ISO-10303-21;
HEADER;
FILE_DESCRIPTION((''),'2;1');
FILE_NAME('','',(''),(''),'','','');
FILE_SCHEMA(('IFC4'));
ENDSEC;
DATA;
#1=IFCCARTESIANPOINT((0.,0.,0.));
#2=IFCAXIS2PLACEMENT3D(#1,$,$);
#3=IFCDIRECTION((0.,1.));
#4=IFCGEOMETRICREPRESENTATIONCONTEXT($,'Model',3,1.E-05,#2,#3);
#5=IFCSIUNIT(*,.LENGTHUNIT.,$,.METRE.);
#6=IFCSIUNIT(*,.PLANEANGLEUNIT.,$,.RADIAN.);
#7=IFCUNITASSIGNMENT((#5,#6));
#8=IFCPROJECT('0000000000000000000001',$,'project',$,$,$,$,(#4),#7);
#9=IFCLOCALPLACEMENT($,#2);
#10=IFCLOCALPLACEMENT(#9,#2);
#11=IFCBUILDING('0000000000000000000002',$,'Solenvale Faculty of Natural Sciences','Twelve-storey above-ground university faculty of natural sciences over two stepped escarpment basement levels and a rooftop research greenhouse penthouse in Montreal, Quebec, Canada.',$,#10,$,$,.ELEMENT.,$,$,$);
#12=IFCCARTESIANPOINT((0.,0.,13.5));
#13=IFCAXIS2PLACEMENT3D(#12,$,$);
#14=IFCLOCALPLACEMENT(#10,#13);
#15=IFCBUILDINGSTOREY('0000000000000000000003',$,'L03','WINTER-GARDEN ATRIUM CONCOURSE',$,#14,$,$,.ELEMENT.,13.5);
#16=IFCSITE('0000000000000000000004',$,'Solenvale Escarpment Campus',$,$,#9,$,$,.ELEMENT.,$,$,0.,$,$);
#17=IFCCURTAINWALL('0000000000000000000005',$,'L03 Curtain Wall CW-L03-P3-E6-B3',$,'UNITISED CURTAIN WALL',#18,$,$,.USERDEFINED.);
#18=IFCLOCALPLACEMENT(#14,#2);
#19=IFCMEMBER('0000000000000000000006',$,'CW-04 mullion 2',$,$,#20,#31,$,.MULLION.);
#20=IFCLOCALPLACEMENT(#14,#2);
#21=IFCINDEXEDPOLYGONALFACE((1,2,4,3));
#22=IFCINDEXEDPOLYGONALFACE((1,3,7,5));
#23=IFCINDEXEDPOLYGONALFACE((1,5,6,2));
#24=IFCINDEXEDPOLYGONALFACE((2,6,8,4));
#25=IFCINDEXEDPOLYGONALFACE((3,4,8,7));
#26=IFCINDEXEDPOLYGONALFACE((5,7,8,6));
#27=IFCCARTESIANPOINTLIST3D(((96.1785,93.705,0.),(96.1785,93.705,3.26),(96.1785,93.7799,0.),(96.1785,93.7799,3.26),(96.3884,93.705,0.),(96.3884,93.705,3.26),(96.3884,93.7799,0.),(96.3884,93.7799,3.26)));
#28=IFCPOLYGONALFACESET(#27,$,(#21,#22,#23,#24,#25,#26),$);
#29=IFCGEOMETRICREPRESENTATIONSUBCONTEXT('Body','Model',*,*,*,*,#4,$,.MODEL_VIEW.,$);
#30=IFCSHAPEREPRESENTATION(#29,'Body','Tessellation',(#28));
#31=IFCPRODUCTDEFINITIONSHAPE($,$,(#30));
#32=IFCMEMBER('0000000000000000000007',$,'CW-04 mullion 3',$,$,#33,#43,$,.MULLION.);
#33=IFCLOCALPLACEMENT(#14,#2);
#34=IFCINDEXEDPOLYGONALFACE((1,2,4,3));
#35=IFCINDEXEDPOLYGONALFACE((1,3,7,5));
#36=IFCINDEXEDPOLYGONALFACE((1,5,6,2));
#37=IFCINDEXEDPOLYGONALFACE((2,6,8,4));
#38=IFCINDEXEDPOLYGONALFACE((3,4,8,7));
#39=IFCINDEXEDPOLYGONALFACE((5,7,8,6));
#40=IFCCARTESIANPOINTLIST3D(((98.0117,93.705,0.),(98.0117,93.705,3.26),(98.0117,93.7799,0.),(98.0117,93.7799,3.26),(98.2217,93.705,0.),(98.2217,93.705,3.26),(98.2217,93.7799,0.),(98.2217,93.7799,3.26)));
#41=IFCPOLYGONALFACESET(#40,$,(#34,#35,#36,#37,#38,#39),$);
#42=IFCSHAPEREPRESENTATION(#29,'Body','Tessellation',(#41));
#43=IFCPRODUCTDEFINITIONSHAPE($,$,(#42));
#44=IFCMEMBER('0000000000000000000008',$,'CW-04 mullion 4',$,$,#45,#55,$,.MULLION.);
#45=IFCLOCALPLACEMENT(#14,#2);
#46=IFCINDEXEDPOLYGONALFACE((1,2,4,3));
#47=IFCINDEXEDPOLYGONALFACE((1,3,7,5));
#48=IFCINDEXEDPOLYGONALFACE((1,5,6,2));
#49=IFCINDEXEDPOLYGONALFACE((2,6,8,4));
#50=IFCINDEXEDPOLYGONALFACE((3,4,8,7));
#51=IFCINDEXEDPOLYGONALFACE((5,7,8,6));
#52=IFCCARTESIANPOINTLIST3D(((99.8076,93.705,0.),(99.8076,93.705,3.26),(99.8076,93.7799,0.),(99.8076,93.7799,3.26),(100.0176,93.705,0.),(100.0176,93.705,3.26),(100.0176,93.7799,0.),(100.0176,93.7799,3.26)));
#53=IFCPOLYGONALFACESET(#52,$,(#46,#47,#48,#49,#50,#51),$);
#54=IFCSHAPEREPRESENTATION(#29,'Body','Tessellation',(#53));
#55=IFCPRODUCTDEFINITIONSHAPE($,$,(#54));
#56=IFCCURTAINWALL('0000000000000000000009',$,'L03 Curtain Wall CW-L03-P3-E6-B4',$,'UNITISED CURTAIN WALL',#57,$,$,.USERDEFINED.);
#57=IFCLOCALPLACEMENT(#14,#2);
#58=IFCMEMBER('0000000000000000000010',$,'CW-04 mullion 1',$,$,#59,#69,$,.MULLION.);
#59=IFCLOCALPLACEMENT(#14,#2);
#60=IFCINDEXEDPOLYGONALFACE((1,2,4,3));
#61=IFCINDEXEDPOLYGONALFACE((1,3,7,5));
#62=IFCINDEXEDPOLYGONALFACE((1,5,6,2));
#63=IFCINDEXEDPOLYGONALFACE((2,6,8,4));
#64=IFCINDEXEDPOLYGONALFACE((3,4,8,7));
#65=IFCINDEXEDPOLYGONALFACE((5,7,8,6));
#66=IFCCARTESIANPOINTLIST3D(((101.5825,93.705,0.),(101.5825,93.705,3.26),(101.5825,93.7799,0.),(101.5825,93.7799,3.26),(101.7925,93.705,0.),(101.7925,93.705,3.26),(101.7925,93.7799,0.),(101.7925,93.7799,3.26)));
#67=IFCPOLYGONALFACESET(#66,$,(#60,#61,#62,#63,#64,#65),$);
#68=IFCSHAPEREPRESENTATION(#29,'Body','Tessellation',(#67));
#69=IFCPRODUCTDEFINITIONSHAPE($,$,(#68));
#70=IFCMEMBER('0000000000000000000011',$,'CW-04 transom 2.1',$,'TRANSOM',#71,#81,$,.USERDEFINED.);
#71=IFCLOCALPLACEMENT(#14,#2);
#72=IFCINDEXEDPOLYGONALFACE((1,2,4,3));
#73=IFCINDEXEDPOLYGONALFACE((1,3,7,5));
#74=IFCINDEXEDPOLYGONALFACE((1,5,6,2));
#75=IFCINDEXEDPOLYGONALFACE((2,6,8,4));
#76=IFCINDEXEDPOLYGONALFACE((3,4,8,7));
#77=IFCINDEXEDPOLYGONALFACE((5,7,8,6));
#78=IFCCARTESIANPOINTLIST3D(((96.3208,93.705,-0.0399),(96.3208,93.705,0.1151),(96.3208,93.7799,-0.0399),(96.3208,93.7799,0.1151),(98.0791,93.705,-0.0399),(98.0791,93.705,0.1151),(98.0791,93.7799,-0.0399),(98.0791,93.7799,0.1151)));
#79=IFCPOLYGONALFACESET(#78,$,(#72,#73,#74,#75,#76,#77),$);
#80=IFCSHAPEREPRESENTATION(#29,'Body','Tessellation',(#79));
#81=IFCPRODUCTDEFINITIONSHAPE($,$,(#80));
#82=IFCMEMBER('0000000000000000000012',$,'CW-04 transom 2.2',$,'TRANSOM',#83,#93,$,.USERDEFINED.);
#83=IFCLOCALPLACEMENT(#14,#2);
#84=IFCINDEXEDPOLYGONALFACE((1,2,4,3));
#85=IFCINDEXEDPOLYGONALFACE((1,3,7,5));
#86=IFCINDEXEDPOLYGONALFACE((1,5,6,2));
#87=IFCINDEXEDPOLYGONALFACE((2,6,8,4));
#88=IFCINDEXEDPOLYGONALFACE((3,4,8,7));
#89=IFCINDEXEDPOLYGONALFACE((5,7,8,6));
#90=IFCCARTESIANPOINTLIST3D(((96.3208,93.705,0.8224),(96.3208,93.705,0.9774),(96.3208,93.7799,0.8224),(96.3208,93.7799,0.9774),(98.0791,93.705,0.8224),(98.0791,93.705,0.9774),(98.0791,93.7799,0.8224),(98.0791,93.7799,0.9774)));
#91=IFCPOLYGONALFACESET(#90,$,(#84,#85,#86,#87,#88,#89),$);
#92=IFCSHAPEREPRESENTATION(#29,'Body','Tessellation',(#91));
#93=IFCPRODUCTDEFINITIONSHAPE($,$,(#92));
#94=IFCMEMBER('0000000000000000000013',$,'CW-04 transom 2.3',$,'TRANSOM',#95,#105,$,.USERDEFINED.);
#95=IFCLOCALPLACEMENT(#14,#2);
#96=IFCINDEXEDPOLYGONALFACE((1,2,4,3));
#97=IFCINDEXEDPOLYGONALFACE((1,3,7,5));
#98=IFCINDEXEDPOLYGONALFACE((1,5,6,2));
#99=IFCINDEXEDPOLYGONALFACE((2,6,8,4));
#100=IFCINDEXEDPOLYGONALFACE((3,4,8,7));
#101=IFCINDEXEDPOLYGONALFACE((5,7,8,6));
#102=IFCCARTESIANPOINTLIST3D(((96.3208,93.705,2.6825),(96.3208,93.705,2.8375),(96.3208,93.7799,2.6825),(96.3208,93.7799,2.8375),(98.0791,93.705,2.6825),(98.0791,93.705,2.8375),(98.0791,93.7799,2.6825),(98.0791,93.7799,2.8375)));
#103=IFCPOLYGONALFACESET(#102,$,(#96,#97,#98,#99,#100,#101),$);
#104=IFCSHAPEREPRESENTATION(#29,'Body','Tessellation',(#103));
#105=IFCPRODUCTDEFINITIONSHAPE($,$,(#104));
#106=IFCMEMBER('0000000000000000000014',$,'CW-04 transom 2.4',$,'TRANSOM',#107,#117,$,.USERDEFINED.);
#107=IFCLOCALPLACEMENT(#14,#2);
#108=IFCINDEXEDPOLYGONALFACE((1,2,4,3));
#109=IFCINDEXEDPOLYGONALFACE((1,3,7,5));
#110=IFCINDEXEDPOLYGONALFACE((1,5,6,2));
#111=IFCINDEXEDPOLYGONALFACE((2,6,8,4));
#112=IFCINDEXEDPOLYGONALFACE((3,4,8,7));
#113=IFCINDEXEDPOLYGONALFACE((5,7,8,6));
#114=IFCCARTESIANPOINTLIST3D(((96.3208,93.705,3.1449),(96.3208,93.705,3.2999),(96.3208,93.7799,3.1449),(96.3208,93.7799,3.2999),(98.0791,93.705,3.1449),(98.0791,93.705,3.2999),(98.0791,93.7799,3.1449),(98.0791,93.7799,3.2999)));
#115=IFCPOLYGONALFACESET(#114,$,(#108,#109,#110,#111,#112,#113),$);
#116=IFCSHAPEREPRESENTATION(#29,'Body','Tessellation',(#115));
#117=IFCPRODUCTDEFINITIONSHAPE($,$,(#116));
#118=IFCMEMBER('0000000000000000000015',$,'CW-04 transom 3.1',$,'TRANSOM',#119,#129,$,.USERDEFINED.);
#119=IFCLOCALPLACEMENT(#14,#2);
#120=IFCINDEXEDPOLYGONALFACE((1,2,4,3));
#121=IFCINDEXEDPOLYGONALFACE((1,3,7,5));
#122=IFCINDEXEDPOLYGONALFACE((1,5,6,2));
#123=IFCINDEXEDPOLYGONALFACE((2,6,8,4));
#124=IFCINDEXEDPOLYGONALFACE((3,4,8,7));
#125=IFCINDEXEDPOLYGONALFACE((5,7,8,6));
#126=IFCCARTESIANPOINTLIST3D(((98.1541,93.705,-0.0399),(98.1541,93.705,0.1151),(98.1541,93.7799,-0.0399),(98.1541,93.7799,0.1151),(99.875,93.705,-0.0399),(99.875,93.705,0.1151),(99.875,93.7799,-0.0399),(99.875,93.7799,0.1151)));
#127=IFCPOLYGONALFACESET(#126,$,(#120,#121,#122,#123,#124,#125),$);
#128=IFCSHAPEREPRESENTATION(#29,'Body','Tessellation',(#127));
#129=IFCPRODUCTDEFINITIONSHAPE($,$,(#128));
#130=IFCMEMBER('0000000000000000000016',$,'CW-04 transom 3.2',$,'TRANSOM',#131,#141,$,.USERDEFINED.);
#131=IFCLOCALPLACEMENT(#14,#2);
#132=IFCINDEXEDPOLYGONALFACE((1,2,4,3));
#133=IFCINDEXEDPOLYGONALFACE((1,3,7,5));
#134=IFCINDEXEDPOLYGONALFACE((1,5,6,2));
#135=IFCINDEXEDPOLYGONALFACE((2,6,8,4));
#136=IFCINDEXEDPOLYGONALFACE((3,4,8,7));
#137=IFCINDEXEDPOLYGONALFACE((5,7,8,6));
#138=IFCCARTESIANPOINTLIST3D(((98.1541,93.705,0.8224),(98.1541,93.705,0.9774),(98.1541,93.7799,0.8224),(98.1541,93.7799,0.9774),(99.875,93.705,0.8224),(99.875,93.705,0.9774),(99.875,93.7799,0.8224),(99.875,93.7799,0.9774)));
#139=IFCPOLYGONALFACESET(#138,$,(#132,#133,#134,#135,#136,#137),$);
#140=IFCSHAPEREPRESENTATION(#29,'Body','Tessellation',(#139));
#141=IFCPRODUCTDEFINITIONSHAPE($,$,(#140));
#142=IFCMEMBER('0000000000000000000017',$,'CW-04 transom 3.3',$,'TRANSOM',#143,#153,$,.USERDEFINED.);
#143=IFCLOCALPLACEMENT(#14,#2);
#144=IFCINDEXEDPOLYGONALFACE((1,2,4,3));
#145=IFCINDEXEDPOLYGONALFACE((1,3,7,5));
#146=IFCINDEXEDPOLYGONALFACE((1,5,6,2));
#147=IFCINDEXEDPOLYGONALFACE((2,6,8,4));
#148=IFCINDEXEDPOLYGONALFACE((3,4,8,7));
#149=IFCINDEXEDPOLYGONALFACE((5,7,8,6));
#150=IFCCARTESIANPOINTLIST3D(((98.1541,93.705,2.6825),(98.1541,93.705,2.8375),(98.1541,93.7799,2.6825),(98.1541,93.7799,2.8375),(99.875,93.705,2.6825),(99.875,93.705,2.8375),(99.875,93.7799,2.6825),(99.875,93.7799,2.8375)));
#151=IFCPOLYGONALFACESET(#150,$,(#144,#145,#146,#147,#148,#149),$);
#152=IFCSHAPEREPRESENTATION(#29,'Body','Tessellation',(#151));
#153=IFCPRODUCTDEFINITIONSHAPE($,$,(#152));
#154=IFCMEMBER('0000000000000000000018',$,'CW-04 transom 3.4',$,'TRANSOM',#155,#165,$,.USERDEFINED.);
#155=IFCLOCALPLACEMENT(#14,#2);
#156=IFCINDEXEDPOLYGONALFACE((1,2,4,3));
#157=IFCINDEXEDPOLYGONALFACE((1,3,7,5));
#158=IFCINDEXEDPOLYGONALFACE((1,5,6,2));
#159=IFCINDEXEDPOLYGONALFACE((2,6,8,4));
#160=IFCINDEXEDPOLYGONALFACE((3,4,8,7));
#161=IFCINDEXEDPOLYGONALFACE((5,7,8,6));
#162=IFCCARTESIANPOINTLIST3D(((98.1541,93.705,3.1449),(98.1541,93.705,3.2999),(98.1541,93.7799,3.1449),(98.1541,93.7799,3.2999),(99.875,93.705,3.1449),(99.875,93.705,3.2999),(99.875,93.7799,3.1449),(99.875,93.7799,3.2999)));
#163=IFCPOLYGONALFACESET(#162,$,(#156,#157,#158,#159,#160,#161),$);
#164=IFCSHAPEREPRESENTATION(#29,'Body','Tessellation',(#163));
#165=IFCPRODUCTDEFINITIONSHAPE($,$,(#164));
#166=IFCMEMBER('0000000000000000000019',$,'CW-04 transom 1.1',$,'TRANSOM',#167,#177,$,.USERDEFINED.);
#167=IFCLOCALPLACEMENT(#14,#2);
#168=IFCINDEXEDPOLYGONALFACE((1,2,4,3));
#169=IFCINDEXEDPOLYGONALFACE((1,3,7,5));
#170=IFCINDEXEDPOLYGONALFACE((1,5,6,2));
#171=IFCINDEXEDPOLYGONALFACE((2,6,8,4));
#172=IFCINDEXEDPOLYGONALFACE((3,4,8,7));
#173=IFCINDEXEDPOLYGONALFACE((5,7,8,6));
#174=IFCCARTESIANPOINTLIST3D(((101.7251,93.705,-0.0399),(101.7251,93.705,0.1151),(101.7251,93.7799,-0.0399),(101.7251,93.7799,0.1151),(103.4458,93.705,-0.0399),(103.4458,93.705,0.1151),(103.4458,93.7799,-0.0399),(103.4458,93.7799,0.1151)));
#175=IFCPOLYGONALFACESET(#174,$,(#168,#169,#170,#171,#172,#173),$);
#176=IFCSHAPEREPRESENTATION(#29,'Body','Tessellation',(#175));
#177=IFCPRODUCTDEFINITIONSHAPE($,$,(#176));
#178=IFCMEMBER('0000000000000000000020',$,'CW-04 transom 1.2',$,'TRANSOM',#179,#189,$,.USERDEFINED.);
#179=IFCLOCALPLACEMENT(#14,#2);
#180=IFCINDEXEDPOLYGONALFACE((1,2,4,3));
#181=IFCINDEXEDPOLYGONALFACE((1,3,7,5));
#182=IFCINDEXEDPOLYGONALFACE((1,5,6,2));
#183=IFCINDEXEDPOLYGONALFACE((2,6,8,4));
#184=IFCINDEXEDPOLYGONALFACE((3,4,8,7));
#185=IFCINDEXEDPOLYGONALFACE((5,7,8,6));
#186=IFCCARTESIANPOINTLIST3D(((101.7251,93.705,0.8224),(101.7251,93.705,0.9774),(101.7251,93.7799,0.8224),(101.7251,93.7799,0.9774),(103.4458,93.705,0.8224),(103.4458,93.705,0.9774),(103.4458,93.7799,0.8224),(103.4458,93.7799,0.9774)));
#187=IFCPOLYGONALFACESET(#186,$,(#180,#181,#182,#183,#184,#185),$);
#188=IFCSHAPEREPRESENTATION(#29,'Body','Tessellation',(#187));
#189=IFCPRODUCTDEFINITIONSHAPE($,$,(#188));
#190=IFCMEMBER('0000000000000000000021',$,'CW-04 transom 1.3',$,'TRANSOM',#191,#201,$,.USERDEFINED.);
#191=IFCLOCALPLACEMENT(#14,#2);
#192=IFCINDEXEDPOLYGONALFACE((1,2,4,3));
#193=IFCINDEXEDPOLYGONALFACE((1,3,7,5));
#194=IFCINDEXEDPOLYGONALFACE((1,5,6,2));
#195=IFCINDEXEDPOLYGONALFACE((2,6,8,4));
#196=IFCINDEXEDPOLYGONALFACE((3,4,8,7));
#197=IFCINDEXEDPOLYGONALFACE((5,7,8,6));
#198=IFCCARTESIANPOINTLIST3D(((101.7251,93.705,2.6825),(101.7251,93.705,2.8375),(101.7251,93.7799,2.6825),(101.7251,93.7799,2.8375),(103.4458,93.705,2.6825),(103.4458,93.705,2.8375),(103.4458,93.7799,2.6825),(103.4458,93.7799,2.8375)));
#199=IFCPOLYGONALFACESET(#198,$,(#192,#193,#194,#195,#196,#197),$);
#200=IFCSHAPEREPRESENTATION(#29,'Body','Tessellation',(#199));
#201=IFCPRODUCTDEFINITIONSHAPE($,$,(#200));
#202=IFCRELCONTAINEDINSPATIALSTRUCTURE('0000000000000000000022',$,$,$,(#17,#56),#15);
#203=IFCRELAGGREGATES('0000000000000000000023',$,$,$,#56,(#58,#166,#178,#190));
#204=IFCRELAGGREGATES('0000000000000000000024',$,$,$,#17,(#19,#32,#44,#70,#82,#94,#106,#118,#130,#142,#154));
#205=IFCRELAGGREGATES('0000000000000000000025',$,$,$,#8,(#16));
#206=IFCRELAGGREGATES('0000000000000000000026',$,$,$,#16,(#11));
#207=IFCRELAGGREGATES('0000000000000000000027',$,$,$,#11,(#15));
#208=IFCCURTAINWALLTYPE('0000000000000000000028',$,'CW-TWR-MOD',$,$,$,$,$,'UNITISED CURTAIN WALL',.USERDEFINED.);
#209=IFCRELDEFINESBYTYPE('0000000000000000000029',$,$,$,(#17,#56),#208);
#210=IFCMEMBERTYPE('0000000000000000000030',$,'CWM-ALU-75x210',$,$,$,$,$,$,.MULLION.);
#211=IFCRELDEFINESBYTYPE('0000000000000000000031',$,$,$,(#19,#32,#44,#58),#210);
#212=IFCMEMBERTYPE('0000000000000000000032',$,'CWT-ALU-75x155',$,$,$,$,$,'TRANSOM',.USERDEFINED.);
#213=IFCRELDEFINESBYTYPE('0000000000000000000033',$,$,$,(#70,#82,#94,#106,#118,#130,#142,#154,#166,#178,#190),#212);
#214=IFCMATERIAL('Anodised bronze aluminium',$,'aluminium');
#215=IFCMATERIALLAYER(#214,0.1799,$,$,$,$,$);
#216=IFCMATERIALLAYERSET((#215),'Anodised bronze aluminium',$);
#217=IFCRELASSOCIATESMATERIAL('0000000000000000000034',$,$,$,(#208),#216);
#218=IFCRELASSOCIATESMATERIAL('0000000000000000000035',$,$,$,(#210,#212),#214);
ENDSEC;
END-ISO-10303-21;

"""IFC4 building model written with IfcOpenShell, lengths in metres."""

from ifc_helpers import new_model, si_unit, direction, frame, origin, origin_2d, place, context, subcontext, project, spatial, rectangle, extrude, material, layer, layer_set, material_profile, profile_set, type_object, element, aggregate, save


model = new_model("IFC4")

# Units and contexts
model_context = context("Model", 3, precision=1e-05, world=origin(), true_north=direction((0.0, 1.0)))
body_context = subcontext(model_context, "Body", "Model", "MODEL_VIEW")
ifc_project = project(units=[si_unit("LENGTHUNIT", "METRE"), si_unit("PLANEANGLEUNIT", "RADIAN")], contexts=[model_context])

# Site, building, storey
site_placement = place(None, origin())
site = spatial("IfcSite", under=ifc_project, at=site_placement, Name="Solenvale Escarpment Campus", CompositionType="ELEMENT", RefElevation=0.0)
building_placement = place(site_placement, origin())
building = spatial("IfcBuilding", under=site, at=building_placement, Name="Solenvale Faculty of Natural Sciences", Description="Twelve-storey above-ground university faculty of natural sciences over two stepped escarpment basement levels and a rooftop research greenhouse penthouse in Montreal, Quebec, Canada.", CompositionType="ELEMENT")
storey_placement = place(building_placement, frame((0.0, 0.0, 13.5)))
storey = spatial("IfcBuildingStorey", under=building, at=storey_placement, Name="L03", Description="WINTER-GARDEN ATRIUM CONCOURSE", CompositionType="ELEMENT", Elevation=13.5)

# Curtain wall, members
ifc_material_1 = material(Name="Anodised bronze aluminium", Category="aluminium")
ifc_layer_1 = layer(ifc_material_1, 0.1799)
ifc_layer_set_1 = layer_set([ifc_layer_1], Name="Anodised bronze aluminium")
curtain_wall_type = type_object("IfcCurtainWallType", Name="CW-TWR-MOD", ElementType="UNITISED CURTAIN WALL", PredefinedType="USERDEFINED", material=ifc_layer_set_1)
curtain_wall_1_placement = place(storey_placement, origin())
curtain_wall_1 = element("IfcCurtainWall", 1, at=curtain_wall_1_placement, inside=storey, type_object=curtain_wall_type, Name="L03 Curtain Wall CW-L03-P3-E6-B3", ObjectType="UNITISED CURTAIN WALL", PredefinedType="USERDEFINED")
ifc_material_profile_1 = material_profile(ifc_material_1, rectangle(XDim=0.075, YDim=0.21, at=origin_2d()), Name="ALU-MUL-75x210")
ifc_profile_set_1 = profile_set([ifc_material_profile_1], Name="Anodised bronze aluminium")
member_type_1 = type_object("IfcMemberType", Name="CWM-ALU-75x210", PredefinedType="MULLION", material=ifc_profile_set_1)
member_1_placement = place(storey_placement, frame((96.2834, 93.7424, 0.0), z_axis=(0.0, 0.0, 1.0), x_axis=(0.0, 1.0, 0.0)))
member_1 = element("IfcMember", 2, at=member_1_placement, type_object=member_type_1, Name="CW-04 mullion 2", PredefinedType="MULLION", context=body_context, shape_type="SweptSolid", body=[
    extrude(rectangle(XDim=0.075, YDim=0.21, at=origin_2d()), origin(), (0.0, 0.0, 1.0), 3.26),
])
member_2_placement = place(storey_placement, frame((98.1167, 93.7424, 0.0), z_axis=(0.0, 0.0, 1.0), x_axis=(0.0, 1.0, 0.0)))
member_2 = element("IfcMember", 3, at=member_2_placement, type_object=member_type_1, Name="CW-04 mullion 3", PredefinedType="MULLION", context=body_context, shape_type="SweptSolid", body=[
    extrude(rectangle(XDim=0.075, YDim=0.21, at=origin_2d()), origin(), (0.0, 0.0, 1.0), 3.26),
])
member_3_placement = place(storey_placement, frame((99.9126, 93.7424, 0.0), z_axis=(0.0, 0.0, 1.0), x_axis=(0.0, 1.0, 0.0)))
member_3 = element("IfcMember", 4, at=member_3_placement, type_object=member_type_1, Name="CW-04 mullion 4", PredefinedType="MULLION", context=body_context, shape_type="SweptSolid", body=[
    extrude(rectangle(XDim=0.075, YDim=0.21, at=origin_2d()), origin(), (0.0, 0.0, 1.0), 3.26),
])

# Curtain wall, member
curtain_wall_2_placement = place(storey_placement, origin())
curtain_wall_2 = element("IfcCurtainWall", 5, at=curtain_wall_2_placement, inside=storey, type_object=curtain_wall_type, Name="L03 Curtain Wall CW-L03-P3-E6-B4", ObjectType="UNITISED CURTAIN WALL", PredefinedType="USERDEFINED")
member_4_placement = place(storey_placement, frame((101.6875, 93.7424, 0.0), z_axis=(0.0, 0.0, 1.0), x_axis=(0.0, 1.0, 0.0)))
member_4 = element("IfcMember", 6, at=member_4_placement, type_object=member_type_1, Name="CW-04 mullion 1", PredefinedType="MULLION", context=body_context, shape_type="SweptSolid", body=[
    extrude(rectangle(XDim=0.075, YDim=0.21, at=origin_2d()), origin(), (0.0, 0.0, 1.0), 3.26),
])

# Members
ifc_material_profile_2 = material_profile(ifc_material_1, rectangle(XDim=0.075, YDim=0.155, at=origin_2d()), Name="ALU-TRN-75x155")
ifc_profile_set_2 = profile_set([ifc_material_profile_2], Name="Anodised bronze aluminium")
member_type_2 = type_object("IfcMemberType", Name="CWT-ALU-75x155", ElementType="TRANSOM", PredefinedType="USERDEFINED", material=ifc_profile_set_2)
member_5_placement = place(storey_placement, frame((96.3208, 93.7424, 0.0376), z_axis=(1.0, 0.0, 0.0), x_axis=(0.0, 1.0, 0.0)))
member_5 = element("IfcMember", 7, at=member_5_placement, type_object=member_type_2, Name="CW-04 transom 2.1", ObjectType="TRANSOM", PredefinedType="USERDEFINED", context=body_context, shape_type="SweptSolid", body=[
    extrude(rectangle(XDim=0.075, YDim=0.155, at=origin_2d()), origin(), (0.0, 0.0, 1.0), 1.7583),
])
member_6_placement = place(storey_placement, frame((96.3208, 93.7424, 0.8999), z_axis=(1.0, 0.0, 0.0), x_axis=(0.0, 1.0, 0.0)))
member_6 = element("IfcMember", 8, at=member_6_placement, type_object=member_type_2, Name="CW-04 transom 2.2", ObjectType="TRANSOM", PredefinedType="USERDEFINED", context=body_context, shape_type="SweptSolid", body=[
    extrude(rectangle(XDim=0.075, YDim=0.155, at=origin_2d()), origin(), (0.0, 0.0, 1.0), 1.7583),
])
member_7_placement = place(storey_placement, frame((96.3208, 93.7424, 2.76), z_axis=(1.0, 0.0, 0.0), x_axis=(0.0, 1.0, 0.0)))
member_7 = element("IfcMember", 9, at=member_7_placement, type_object=member_type_2, Name="CW-04 transom 2.3", ObjectType="TRANSOM", PredefinedType="USERDEFINED", context=body_context, shape_type="SweptSolid", body=[
    extrude(rectangle(XDim=0.075, YDim=0.155, at=origin_2d()), origin(), (0.0, 0.0, 1.0), 1.7583),
])
member_8_placement = place(storey_placement, frame((96.3208, 93.7424, 3.2224), z_axis=(1.0, 0.0, 0.0), x_axis=(0.0, 1.0, 0.0)))
member_8 = element("IfcMember", 10, at=member_8_placement, type_object=member_type_2, Name="CW-04 transom 2.4", ObjectType="TRANSOM", PredefinedType="USERDEFINED", context=body_context, shape_type="SweptSolid", body=[
    extrude(rectangle(XDim=0.075, YDim=0.155, at=origin_2d()), origin(), (0.0, 0.0, 1.0), 1.7583),
])
member_9_placement = place(storey_placement, frame((98.1541, 93.7424, 0.0376), z_axis=(1.0, 0.0, 0.0), x_axis=(0.0, 1.0, 0.0)))
member_9 = element("IfcMember", 11, at=member_9_placement, type_object=member_type_2, Name="CW-04 transom 3.1", ObjectType="TRANSOM", PredefinedType="USERDEFINED", context=body_context, shape_type="SweptSolid", body=[
    extrude(rectangle(XDim=0.075, YDim=0.155, at=origin_2d()), origin(), (0.0, 0.0, 1.0), 1.7209),
])
member_10_placement = place(storey_placement, frame((98.1541, 93.7424, 0.8999), z_axis=(1.0, 0.0, 0.0), x_axis=(0.0, 1.0, 0.0)))
member_10 = element("IfcMember", 12, at=member_10_placement, type_object=member_type_2, Name="CW-04 transom 3.2", ObjectType="TRANSOM", PredefinedType="USERDEFINED", context=body_context, shape_type="SweptSolid", body=[
    extrude(rectangle(XDim=0.075, YDim=0.155, at=origin_2d()), origin(), (0.0, 0.0, 1.0), 1.7209),
])
member_11_placement = place(storey_placement, frame((98.1541, 93.7424, 2.76), z_axis=(1.0, 0.0, 0.0), x_axis=(0.0, 1.0, 0.0)))
member_11 = element("IfcMember", 13, at=member_11_placement, type_object=member_type_2, Name="CW-04 transom 3.3", ObjectType="TRANSOM", PredefinedType="USERDEFINED", context=body_context, shape_type="SweptSolid", body=[
    extrude(rectangle(XDim=0.075, YDim=0.155, at=origin_2d()), origin(), (0.0, 0.0, 1.0), 1.7209),
])
member_12_placement = place(storey_placement, frame((98.1541, 93.7424, 3.2224), z_axis=(1.0, 0.0, 0.0), x_axis=(0.0, 1.0, 0.0)))
member_12 = element("IfcMember", 14, at=member_12_placement, type_object=member_type_2, Name="CW-04 transom 3.4", ObjectType="TRANSOM", PredefinedType="USERDEFINED", context=body_context, shape_type="SweptSolid", body=[
    extrude(rectangle(XDim=0.075, YDim=0.155, at=origin_2d()), origin(), (0.0, 0.0, 1.0), 1.7209),
])
member_13_placement = place(storey_placement, frame((101.7251, 93.7424, 0.0376), z_axis=(1.0, 0.0, 0.0), x_axis=(0.0, 1.0, 0.0)))
member_13 = element("IfcMember", 15, at=member_13_placement, type_object=member_type_2, Name="CW-04 transom 1.1", ObjectType="TRANSOM", PredefinedType="USERDEFINED", context=body_context, shape_type="SweptSolid", body=[
    extrude(rectangle(XDim=0.075, YDim=0.155, at=origin_2d()), origin(), (0.0, 0.0, 1.0), 1.7207),
])
member_14_placement = place(storey_placement, frame((101.7251, 93.7424, 0.8999), z_axis=(1.0, 0.0, 0.0), x_axis=(0.0, 1.0, 0.0)))
member_14 = element("IfcMember", 16, at=member_14_placement, type_object=member_type_2, Name="CW-04 transom 1.2", ObjectType="TRANSOM", PredefinedType="USERDEFINED", context=body_context, shape_type="SweptSolid", body=[
    extrude(rectangle(XDim=0.075, YDim=0.155, at=origin_2d()), origin(), (0.0, 0.0, 1.0), 1.7207),
])
member_15_placement = place(storey_placement, frame((101.7251, 93.7424, 2.76), z_axis=(1.0, 0.0, 0.0), x_axis=(0.0, 1.0, 0.0)))
member_15 = element("IfcMember", 17, at=member_15_placement, type_object=member_type_2, Name="CW-04 transom 1.3", ObjectType="TRANSOM", PredefinedType="USERDEFINED", context=body_context, shape_type="SweptSolid", body=[
    extrude(rectangle(XDim=0.075, YDim=0.155, at=origin_2d()), origin(), (0.0, 0.0, 1.0), 1.7207),
])
aggregate(curtain_wall_2, [member_4, member_13, member_14, member_15])

aggregate(curtain_wall_1, [member_1, member_2, member_3, member_5, member_6, member_7, member_8, member_9, member_10, member_11, member_12])

save(model, "model.ifc")
